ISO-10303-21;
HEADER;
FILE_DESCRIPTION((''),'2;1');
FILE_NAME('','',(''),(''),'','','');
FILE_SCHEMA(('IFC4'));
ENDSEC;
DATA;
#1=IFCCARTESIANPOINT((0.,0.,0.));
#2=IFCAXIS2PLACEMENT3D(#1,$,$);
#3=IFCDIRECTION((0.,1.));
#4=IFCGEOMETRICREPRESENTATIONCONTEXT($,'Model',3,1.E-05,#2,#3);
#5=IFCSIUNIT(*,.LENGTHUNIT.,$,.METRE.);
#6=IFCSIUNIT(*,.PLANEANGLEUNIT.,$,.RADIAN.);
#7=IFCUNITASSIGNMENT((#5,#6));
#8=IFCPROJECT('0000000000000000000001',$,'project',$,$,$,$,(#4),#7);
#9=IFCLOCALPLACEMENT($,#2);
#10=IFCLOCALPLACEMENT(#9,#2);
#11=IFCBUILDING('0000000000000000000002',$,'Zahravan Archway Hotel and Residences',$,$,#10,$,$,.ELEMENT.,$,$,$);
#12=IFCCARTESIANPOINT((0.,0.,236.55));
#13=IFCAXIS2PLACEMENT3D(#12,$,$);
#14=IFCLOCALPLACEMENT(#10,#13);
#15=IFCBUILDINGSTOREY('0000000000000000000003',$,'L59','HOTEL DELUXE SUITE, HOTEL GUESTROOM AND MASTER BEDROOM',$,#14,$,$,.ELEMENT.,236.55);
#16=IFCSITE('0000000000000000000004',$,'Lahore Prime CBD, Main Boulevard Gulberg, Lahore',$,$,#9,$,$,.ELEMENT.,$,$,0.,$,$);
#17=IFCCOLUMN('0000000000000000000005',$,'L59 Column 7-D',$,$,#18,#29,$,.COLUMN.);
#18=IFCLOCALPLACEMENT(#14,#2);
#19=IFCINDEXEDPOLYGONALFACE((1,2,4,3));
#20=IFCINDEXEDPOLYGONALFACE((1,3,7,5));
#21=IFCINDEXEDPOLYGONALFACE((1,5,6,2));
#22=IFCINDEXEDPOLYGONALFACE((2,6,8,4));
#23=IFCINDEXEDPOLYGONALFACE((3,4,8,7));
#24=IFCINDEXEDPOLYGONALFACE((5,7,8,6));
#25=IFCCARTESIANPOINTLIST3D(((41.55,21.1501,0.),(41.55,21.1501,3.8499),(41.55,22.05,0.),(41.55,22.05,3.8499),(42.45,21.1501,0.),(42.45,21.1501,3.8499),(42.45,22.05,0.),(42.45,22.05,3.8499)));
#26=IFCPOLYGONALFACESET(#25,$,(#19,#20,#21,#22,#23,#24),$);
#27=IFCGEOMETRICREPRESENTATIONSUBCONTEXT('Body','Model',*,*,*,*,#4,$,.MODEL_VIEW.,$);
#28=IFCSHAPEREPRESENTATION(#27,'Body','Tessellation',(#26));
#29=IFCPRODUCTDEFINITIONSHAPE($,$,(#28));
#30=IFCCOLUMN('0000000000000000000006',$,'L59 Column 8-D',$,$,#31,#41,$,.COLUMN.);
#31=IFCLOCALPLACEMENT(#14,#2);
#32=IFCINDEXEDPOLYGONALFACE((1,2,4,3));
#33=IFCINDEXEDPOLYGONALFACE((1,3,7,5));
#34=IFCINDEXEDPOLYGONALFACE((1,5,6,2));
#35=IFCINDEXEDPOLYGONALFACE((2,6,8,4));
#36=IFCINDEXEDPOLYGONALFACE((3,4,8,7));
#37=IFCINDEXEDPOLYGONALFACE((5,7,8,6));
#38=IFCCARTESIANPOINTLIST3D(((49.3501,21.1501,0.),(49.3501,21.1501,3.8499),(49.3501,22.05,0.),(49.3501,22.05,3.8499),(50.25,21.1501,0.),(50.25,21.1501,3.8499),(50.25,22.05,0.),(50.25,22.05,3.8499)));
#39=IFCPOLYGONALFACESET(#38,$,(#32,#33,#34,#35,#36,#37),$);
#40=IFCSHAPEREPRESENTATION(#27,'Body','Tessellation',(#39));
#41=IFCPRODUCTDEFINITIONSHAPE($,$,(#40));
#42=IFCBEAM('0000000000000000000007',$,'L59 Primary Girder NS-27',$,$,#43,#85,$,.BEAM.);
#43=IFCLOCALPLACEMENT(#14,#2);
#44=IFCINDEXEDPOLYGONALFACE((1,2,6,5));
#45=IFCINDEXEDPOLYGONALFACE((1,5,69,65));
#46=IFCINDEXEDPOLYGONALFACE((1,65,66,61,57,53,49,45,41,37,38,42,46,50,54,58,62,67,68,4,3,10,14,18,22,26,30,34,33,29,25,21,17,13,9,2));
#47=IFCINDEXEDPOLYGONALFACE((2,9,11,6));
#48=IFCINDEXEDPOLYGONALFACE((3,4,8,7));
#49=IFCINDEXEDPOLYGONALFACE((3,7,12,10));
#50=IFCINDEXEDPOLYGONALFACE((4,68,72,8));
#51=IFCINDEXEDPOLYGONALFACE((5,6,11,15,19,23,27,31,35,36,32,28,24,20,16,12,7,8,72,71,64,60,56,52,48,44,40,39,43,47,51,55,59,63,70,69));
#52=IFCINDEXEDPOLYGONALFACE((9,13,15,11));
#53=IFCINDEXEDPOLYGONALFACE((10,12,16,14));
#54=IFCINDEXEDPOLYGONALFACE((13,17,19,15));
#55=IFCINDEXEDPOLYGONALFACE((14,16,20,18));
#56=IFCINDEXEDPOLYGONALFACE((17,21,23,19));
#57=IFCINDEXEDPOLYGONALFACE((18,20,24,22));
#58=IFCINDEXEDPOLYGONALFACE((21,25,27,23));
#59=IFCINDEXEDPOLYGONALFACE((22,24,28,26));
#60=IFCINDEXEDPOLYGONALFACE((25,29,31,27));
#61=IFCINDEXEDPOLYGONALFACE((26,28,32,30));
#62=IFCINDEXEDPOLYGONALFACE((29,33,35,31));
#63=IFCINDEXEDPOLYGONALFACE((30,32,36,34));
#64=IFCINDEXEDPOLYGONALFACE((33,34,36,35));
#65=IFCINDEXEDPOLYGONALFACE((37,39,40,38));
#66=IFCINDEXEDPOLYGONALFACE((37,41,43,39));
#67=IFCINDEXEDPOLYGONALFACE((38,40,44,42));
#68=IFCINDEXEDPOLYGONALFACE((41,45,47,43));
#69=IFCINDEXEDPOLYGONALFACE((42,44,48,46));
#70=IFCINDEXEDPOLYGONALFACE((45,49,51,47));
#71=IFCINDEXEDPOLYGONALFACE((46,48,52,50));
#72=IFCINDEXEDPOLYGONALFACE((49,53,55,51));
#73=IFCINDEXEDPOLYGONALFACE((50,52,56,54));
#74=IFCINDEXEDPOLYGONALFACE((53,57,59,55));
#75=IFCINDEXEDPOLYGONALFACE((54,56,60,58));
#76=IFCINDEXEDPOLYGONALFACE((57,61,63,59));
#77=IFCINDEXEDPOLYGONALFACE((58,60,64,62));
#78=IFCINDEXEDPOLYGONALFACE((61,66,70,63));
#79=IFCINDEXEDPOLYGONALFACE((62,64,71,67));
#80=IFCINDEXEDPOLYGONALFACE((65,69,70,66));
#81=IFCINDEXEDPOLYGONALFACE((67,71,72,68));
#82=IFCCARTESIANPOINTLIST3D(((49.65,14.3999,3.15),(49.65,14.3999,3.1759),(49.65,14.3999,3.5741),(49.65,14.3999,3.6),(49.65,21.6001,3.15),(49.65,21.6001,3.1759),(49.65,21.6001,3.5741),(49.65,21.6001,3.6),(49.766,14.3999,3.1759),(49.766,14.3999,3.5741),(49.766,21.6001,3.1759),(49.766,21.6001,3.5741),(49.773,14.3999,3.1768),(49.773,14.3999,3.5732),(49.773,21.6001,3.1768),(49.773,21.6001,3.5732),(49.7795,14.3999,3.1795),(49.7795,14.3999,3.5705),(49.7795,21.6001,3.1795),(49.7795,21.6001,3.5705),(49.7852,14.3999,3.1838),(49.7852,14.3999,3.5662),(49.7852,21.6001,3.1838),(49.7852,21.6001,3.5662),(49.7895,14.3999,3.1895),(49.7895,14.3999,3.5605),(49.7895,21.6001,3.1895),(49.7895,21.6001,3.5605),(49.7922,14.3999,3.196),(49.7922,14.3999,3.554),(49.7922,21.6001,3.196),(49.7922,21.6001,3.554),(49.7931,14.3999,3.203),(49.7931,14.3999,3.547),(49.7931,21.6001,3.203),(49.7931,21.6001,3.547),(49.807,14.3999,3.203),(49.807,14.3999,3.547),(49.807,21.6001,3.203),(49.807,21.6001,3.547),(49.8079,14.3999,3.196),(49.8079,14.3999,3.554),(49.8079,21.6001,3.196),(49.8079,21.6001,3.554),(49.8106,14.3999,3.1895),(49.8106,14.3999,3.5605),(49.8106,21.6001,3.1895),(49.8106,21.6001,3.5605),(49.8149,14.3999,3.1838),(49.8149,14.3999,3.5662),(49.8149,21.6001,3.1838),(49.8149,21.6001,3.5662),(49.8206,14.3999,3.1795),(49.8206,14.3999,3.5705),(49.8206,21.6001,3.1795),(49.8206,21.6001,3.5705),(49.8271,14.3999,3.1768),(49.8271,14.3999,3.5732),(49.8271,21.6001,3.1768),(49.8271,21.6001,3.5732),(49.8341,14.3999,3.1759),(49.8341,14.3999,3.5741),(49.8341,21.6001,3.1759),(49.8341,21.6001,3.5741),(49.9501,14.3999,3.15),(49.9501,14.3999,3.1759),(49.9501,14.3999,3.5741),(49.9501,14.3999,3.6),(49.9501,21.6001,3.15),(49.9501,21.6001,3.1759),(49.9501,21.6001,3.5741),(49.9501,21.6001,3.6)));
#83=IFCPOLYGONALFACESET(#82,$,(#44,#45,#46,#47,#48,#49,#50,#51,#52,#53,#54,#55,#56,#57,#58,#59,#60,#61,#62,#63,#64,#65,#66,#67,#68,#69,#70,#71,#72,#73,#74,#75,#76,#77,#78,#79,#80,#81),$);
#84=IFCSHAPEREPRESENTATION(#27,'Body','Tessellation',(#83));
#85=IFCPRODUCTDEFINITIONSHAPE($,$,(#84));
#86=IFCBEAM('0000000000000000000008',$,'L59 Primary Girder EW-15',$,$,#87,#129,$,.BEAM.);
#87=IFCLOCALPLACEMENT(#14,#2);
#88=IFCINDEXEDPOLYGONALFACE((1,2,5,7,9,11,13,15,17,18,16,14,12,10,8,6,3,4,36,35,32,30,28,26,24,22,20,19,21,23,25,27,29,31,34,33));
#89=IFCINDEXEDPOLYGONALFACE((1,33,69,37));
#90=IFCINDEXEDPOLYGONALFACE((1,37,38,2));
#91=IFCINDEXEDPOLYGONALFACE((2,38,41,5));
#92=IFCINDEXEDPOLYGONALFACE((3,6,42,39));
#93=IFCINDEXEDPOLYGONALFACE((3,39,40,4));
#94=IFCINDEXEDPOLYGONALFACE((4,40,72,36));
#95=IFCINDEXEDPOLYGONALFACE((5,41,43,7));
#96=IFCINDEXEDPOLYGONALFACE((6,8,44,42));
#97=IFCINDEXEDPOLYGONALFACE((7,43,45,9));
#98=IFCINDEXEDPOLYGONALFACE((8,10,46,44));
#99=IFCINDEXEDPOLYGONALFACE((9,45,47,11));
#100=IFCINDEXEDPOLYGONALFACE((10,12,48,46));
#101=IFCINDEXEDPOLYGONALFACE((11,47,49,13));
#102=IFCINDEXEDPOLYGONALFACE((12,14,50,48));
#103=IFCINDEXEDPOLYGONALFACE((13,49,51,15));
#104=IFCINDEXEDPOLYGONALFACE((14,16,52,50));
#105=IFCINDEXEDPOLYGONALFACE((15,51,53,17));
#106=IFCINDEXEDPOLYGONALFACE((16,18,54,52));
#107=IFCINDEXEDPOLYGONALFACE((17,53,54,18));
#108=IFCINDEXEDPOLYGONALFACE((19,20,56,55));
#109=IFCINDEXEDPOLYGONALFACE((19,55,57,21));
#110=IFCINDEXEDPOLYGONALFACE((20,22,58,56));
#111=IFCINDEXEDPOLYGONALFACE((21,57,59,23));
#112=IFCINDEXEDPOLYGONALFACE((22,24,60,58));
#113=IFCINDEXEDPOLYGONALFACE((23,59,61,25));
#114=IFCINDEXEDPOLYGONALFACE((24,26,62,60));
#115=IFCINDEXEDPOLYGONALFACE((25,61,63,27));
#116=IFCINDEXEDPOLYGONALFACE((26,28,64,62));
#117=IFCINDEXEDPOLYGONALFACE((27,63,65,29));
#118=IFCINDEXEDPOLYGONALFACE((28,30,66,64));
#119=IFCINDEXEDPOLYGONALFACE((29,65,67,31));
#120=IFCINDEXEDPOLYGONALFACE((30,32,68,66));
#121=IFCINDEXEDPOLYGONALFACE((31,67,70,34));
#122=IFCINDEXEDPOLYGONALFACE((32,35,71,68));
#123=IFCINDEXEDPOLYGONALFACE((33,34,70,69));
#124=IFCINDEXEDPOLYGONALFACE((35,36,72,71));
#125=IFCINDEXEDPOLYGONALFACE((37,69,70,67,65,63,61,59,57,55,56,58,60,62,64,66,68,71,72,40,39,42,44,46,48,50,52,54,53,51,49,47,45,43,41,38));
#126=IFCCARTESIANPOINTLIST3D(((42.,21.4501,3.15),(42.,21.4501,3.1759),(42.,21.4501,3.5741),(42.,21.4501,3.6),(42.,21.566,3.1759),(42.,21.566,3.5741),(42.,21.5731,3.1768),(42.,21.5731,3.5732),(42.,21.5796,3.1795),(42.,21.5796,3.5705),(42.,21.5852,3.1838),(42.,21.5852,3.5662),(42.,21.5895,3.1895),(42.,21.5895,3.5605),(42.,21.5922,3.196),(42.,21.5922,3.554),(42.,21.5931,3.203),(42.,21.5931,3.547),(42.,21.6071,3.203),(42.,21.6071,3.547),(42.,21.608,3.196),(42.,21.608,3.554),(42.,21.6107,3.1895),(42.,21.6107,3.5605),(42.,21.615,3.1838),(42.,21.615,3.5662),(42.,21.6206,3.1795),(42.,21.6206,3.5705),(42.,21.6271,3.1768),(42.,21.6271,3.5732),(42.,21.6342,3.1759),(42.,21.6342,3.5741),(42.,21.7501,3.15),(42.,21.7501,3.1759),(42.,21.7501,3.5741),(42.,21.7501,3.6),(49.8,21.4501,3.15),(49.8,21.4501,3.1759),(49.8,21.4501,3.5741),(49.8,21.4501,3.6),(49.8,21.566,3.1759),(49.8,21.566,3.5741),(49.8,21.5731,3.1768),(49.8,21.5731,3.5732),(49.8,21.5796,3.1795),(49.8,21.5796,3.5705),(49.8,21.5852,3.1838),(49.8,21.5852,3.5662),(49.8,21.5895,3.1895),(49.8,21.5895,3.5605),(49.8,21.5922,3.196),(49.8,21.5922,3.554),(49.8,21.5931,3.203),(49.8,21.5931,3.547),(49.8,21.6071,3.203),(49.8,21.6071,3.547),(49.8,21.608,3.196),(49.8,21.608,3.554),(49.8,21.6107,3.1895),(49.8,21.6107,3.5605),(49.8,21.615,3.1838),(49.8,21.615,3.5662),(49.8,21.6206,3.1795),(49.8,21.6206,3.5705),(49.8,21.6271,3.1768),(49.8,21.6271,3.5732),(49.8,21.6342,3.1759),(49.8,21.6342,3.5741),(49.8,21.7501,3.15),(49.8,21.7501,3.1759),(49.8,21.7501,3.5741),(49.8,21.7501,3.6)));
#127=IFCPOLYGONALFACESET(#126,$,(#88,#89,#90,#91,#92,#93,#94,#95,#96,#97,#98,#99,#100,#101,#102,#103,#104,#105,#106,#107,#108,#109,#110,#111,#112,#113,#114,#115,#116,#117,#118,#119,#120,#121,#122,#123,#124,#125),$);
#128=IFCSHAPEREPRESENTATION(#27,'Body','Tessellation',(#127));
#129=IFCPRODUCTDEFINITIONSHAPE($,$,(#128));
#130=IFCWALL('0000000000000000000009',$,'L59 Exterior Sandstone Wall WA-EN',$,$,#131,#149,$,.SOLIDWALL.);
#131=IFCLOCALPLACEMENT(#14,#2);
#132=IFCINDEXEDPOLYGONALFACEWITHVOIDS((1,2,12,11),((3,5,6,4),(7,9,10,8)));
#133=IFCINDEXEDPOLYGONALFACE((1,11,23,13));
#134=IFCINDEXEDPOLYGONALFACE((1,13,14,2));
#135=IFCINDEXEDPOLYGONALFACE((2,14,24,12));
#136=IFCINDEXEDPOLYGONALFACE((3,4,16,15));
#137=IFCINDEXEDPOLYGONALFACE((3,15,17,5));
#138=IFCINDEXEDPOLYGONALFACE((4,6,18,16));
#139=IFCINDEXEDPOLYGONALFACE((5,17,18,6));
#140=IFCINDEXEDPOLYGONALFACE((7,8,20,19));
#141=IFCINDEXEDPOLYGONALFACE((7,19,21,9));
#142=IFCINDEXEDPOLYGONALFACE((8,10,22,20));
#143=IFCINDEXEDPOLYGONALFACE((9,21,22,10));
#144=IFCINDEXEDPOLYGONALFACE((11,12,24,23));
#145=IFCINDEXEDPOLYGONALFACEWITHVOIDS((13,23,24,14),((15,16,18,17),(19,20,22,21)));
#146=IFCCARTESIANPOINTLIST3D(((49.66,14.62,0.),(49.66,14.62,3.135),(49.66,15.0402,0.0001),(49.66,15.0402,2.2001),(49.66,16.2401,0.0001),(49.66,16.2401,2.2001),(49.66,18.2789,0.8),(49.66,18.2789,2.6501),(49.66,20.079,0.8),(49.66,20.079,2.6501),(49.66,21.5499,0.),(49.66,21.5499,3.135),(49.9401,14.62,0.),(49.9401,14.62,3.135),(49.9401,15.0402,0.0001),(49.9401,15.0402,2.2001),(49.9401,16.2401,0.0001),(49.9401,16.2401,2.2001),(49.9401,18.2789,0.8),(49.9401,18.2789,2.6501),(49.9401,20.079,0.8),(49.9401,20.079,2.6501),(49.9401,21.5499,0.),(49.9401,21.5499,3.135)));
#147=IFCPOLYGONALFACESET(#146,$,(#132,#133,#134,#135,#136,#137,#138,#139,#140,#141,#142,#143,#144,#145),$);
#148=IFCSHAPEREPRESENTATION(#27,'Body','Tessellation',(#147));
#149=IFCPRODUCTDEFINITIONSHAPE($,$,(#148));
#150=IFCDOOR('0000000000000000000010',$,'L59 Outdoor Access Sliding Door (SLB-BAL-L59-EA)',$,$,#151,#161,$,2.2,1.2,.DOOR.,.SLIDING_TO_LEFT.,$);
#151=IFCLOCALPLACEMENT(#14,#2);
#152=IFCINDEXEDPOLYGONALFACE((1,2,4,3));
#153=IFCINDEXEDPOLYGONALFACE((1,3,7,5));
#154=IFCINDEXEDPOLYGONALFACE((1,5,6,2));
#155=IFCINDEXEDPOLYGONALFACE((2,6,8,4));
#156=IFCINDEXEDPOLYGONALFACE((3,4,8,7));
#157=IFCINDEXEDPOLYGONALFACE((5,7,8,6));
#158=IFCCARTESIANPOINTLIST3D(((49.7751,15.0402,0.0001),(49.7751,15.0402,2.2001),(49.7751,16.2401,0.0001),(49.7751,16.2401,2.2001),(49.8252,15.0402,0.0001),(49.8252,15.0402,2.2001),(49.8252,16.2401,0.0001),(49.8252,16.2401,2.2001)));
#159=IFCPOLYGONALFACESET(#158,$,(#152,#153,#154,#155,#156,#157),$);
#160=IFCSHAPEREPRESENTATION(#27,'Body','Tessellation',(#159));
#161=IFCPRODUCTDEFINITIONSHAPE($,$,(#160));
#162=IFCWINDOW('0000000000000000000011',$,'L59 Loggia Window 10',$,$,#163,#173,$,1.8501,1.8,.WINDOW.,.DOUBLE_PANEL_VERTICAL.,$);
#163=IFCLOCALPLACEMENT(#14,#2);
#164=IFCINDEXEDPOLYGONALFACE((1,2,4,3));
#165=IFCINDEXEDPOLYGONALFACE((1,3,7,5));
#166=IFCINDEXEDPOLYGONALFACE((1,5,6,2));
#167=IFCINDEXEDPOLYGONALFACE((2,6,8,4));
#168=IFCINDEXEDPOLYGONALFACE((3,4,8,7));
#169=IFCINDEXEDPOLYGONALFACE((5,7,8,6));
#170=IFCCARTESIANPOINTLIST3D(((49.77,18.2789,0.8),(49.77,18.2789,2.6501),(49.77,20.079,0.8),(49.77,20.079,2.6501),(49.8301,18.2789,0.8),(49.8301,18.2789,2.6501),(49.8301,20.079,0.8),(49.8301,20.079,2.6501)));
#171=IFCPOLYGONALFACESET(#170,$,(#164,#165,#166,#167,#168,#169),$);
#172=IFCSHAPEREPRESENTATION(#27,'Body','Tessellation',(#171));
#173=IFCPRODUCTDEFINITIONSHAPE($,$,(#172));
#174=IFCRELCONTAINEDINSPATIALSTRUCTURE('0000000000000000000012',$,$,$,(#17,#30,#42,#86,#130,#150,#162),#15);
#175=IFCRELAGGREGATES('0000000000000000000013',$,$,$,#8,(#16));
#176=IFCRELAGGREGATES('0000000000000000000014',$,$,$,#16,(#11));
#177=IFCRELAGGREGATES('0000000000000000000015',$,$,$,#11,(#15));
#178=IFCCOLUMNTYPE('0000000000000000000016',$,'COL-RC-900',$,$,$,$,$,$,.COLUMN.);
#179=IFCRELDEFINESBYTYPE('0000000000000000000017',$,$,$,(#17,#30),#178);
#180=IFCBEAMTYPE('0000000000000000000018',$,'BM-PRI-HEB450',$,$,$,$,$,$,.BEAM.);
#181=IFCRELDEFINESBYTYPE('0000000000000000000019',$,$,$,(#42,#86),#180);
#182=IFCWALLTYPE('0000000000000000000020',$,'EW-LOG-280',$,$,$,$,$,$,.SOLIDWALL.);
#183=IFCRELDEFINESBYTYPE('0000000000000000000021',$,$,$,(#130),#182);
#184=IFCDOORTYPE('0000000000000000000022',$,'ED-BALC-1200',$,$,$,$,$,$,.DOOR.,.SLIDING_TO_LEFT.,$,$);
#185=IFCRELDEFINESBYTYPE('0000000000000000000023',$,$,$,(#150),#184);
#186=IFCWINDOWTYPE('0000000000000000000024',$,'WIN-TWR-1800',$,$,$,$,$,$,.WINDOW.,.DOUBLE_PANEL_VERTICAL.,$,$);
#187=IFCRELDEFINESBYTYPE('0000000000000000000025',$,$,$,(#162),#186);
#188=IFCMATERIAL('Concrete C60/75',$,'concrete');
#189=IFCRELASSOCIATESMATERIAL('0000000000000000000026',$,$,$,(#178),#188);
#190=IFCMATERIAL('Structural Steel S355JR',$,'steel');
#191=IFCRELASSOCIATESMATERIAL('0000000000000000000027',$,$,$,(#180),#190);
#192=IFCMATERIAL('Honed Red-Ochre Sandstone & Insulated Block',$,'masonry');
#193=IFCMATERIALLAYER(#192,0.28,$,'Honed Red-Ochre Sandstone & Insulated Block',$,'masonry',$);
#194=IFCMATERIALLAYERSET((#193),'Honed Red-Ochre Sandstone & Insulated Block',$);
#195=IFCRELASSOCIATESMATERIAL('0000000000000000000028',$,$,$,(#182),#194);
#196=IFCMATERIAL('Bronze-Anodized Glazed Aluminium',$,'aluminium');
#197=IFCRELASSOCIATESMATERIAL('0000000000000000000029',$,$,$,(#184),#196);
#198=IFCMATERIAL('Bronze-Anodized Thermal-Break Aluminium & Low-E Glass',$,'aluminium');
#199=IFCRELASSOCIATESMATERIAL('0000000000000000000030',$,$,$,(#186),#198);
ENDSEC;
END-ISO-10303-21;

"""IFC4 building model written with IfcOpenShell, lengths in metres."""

from ifc_helpers import new_model, si_unit, direction, frame, frame_2d, origin, origin_2d, place, context, subcontext, project, spatial, rectangle, i_section, extrude, source, transform, mapped, material, layer, layer_set, material_profile, profile_set, type_object, type_shapes, element, fill, save


model = new_model("IFC4")

# Units and contexts
model_context = context("Model", 3, precision=1e-05, world=origin(), true_north=direction((0.0, 1.0)))
body_context = subcontext(model_context, "Body", "Model", "MODEL_VIEW")
ifc_project = project(units=[si_unit("LENGTHUNIT", "METRE"), si_unit("PLANEANGLEUNIT", "RADIAN")], contexts=[model_context])

# Site, building, storey
site_placement = place(None, origin())
site = spatial("IfcSite", under=ifc_project, at=site_placement, Name="Lahore Prime CBD, Main Boulevard Gulberg, Lahore", CompositionType="ELEMENT", RefElevation=0.0)
building_placement = place(site_placement, origin())
building = spatial("IfcBuilding", under=site, at=building_placement, Name="Zahravan Archway Hotel and Residences", CompositionType="ELEMENT")
storey_placement = place(building_placement, frame((0.0, 0.0, 236.55)))
storey = spatial("IfcBuildingStorey", under=building, at=storey_placement, Name="L59", Description="HOTEL DELUXE SUITE, HOTEL GUESTROOM AND MASTER BEDROOM", CompositionType="ELEMENT", Elevation=236.55)

# Columns
ifc_material_1 = material(Name="Concrete C60/75", Category="concrete")
ifc_material_profile_1 = material_profile(ifc_material_1, rectangle(XDim=0.8999, YDim=0.8999, at=origin_2d()), Name="RC-COL-900x900", Category="concrete")
ifc_profile_set_1 = profile_set([ifc_material_profile_1], Name="Concrete C60/75")
column_type = type_object("IfcColumnType", Name="COL-RC-900", PredefinedType="COLUMN", material=ifc_profile_set_1)
shared_shape_1 = source(origin(), body_context, "Body", "SweptSolid", [
    extrude(rectangle(XDim=0.8999, YDim=0.8999, at=origin_2d()), origin(), (0.0, 0.0, 1.0), 3.8499),
])
for number, where, z_axis, x_axis, name in (
    (1, (42.0, 21.6001, 0.0), (0.0, 0.0, 1.0), (1.0, 0.0, 0.0), "L59 Column 7-D"),
    (2, (49.8, 21.6001, 0.0), (0.0, 0.0, 1.0), (1.0, 0.0, 0.0), "L59 Column 8-D"),
):
    element("IfcColumn", number, at=place(storey_placement, frame(where, z_axis=z_axis, x_axis=x_axis)), inside=storey, type_object=column_type, Name=name, PredefinedType="COLUMN", context=body_context, shape_type="MappedRepresentation", body=[
        mapped(shared_shape_1, transform((0.0, 0.0, 0.0), scale=1.0)),
    ])

# Beams
ifc_material_2 = material(Name="Structural Steel S355JR", Category="steel")
ifc_material_profile_2 = material_profile(ifc_material_2, i_section(OverallWidth=0.3, OverallDepth=0.45, WebThickness=0.0139, FlangeThickness=0.0259, FilletRadius=0.0271, at=origin_2d()), Name="HEB 450", Category="steel")
ifc_profile_set_2 = profile_set([ifc_material_profile_2], Name="Structural Steel S355JR")
beam_type = type_object("IfcBeamType", Name="BM-PRI-HEB450", PredefinedType="BEAM", material=ifc_profile_set_2)
shared_shape_2 = source(origin(), body_context, "Body", "SweptSolid", [
    extrude(i_section(OverallWidth=0.3, OverallDepth=0.45, WebThickness=0.0139, FlangeThickness=0.0259, FilletRadius=0.0271, at=origin_2d()), origin(), (0.0, 0.0, 1.0), 7.2002),
])
type_shapes(beam_type, [shared_shape_2])
beam_1_placement = place(storey_placement, frame((49.8, 14.3999, 3.375), z_axis=(0.0, 1.0, 0.0), x_axis=(-1.0, 0.0, 0.0)))
element("IfcBeam", 3, at=beam_1_placement, inside=storey, type_object=beam_type, Name="L59 Primary Girder NS-27", PredefinedType="BEAM", context=body_context, shape_type="MappedRepresentation", body=[
    mapped(shared_shape_2, transform((0.0, 0.0, 0.0), scale=1.0)),
])
shared_shape_3 = source(origin(), body_context, "Body", "SweptSolid", [
    extrude(i_section(OverallWidth=0.3, OverallDepth=0.45, WebThickness=0.0139, FlangeThickness=0.0259, FilletRadius=0.0271, at=origin_2d()), origin(), (0.0, 0.0, 1.0), 7.8),
])
beam_2_placement = place(storey_placement, frame((42.0, 21.6001, 3.375), z_axis=(1.0, 0.0, 0.0), x_axis=(0.0, 1.0, 0.0)))
element("IfcBeam", 4, at=beam_2_placement, inside=storey, type_object=beam_type, Name="L59 Primary Girder EW-15", PredefinedType="BEAM", context=body_context, shape_type="MappedRepresentation", body=[
    mapped(shared_shape_3, transform((0.0, 0.0, 0.0), scale=1.0)),
])

# Wall, openings, door, window
ifc_material_3 = material(Name="Honed Red-Ochre Sandstone & Insulated Block", Category="masonry")
ifc_layer_1 = layer(ifc_material_3, 0.28, Name="Honed Red-Ochre Sandstone & Insulated Block", Category="masonry")
ifc_layer_set_1 = layer_set([ifc_layer_1], Name="Honed Red-Ochre Sandstone & Insulated Block")
wall_type_1 = type_object("IfcWallType", Name="EW-LOG-280", PredefinedType="SOLIDWALL", material=ifc_layer_set_1)
wall_1_placement = place(storey_placement, frame((49.8, 14.6201, 0.0), z_axis=(0.0, 0.0, 1.0), x_axis=(0.0, 1.0, 0.0)))
wall_1 = element("IfcWall", 5, at=wall_1_placement, inside=storey, type_object=wall_type_1, Name="L59 Exterior Sandstone Wall WA-EN", PredefinedType="SOLIDWALL", context=body_context, shape_type="SweptSolid", body=[
    extrude(rectangle(XDim=6.9299, YDim=0.28, at=frame_2d((3.4648, 0.0))), origin(), (0.0, 0.0, 1.0), 3.135),
])
opening_1_placement = place(wall_1_placement, frame((0.4199, 0.0, 0.0)))
opening_1 = element("IfcOpeningElement", 6, at=opening_1_placement, cuts=wall_1, PredefinedType="OPENING", context=body_context, shape_type="SweptSolid", body=[
    extrude(rectangle(XDim=1.2, YDim=2.2, at=frame_2d((0.6001, 1.1001))), frame((0.0, 0.1499, 0.0), z_axis=(0.0, -1.0, 0.0), x_axis=(1.0, 0.0, 0.0)), (0.0, 0.0, 1.0), 0.3),
])
opening_2_placement = place(wall_1_placement, frame((3.6589, 0.0, 0.8)))
opening_2 = element("IfcOpeningElement", 7, at=opening_2_placement, cuts=wall_1, PredefinedType="OPENING", context=body_context, shape_type="SweptSolid", body=[
    extrude(rectangle(XDim=1.8, YDim=1.8501, at=frame_2d((0.8999, 0.925))), frame((0.0, 0.1499, 0.0), z_axis=(0.0, -1.0, 0.0), x_axis=(1.0, 0.0, 0.0)), (0.0, 0.0, 1.0), 0.3),
])
ifc_material_4 = material(Name="Bronze-Anodized Glazed Aluminium", Category="aluminium")
door_type_1 = type_object("IfcDoorType", Name="ED-BALC-1200", OperationType="SLIDING_TO_LEFT", PredefinedType="DOOR", material=ifc_material_4)
shared_shape_4 = source(origin(), body_context, "Body", "SweptSolid", [
    extrude(rectangle(XDim=1.2, YDim=2.2, at=frame_2d((0.6001, 1.1001))), frame((0.0, 0.0249, 0.0), z_axis=(0.0, -1.0, 0.0), x_axis=(1.0, 0.0, 0.0)), (0.0, 0.0, 1.0), 0.05),
])
type_shapes(door_type_1, [shared_shape_4])
door_1_placement = place(opening_1_placement, origin())
door_1 = element("IfcDoor", 8, at=door_1_placement, inside=storey, type_object=door_type_1, Name="L59 Outdoor Access Sliding Door (SLB-BAL-L59-EA)", OperationType="SLIDING_TO_LEFT", OverallHeight=2.2, OverallWidth=1.2, PredefinedType="DOOR", context=body_context, shape_type="MappedRepresentation", body=[
    mapped(shared_shape_4, transform((0.0, 0.0, 0.0), scale=1.0)),
])
fill(opening_1, door_1)
ifc_material_5 = material(Name="Bronze-Anodized Thermal-Break Aluminium & Low-E Glass", Category="aluminium")
window_type = type_object("IfcWindowType", Name="WIN-TWR-1800", PartitioningType="DOUBLE_PANEL_VERTICAL", PredefinedType="WINDOW", material=ifc_material_5)
shared_shape_5 = source(origin(), body_context, "Body", "SweptSolid", [
    extrude(rectangle(XDim=1.8, YDim=1.8501, at=frame_2d((0.8999, 0.925))), frame((0.0, 0.03, 0.0), z_axis=(0.0, -1.0, 0.0), x_axis=(1.0, 0.0, 0.0)), (0.0, 0.0, 1.0), 0.0601),
])
type_shapes(window_type, [shared_shape_5])
window_placement = place(opening_2_placement, origin())
window = element("IfcWindow", 9, at=window_placement, inside=storey, type_object=window_type, Name="L59 Loggia Window 10", OverallHeight=1.8501, OverallWidth=1.8, PartitioningType="DOUBLE_PANEL_VERTICAL", PredefinedType="WINDOW", context=body_context, shape_type="MappedRepresentation", body=[
    mapped(shared_shape_5, transform((0.0, 0.0, 0.0), scale=1.0)),
])
fill(opening_2, window)

save(model, "model.ifc")
